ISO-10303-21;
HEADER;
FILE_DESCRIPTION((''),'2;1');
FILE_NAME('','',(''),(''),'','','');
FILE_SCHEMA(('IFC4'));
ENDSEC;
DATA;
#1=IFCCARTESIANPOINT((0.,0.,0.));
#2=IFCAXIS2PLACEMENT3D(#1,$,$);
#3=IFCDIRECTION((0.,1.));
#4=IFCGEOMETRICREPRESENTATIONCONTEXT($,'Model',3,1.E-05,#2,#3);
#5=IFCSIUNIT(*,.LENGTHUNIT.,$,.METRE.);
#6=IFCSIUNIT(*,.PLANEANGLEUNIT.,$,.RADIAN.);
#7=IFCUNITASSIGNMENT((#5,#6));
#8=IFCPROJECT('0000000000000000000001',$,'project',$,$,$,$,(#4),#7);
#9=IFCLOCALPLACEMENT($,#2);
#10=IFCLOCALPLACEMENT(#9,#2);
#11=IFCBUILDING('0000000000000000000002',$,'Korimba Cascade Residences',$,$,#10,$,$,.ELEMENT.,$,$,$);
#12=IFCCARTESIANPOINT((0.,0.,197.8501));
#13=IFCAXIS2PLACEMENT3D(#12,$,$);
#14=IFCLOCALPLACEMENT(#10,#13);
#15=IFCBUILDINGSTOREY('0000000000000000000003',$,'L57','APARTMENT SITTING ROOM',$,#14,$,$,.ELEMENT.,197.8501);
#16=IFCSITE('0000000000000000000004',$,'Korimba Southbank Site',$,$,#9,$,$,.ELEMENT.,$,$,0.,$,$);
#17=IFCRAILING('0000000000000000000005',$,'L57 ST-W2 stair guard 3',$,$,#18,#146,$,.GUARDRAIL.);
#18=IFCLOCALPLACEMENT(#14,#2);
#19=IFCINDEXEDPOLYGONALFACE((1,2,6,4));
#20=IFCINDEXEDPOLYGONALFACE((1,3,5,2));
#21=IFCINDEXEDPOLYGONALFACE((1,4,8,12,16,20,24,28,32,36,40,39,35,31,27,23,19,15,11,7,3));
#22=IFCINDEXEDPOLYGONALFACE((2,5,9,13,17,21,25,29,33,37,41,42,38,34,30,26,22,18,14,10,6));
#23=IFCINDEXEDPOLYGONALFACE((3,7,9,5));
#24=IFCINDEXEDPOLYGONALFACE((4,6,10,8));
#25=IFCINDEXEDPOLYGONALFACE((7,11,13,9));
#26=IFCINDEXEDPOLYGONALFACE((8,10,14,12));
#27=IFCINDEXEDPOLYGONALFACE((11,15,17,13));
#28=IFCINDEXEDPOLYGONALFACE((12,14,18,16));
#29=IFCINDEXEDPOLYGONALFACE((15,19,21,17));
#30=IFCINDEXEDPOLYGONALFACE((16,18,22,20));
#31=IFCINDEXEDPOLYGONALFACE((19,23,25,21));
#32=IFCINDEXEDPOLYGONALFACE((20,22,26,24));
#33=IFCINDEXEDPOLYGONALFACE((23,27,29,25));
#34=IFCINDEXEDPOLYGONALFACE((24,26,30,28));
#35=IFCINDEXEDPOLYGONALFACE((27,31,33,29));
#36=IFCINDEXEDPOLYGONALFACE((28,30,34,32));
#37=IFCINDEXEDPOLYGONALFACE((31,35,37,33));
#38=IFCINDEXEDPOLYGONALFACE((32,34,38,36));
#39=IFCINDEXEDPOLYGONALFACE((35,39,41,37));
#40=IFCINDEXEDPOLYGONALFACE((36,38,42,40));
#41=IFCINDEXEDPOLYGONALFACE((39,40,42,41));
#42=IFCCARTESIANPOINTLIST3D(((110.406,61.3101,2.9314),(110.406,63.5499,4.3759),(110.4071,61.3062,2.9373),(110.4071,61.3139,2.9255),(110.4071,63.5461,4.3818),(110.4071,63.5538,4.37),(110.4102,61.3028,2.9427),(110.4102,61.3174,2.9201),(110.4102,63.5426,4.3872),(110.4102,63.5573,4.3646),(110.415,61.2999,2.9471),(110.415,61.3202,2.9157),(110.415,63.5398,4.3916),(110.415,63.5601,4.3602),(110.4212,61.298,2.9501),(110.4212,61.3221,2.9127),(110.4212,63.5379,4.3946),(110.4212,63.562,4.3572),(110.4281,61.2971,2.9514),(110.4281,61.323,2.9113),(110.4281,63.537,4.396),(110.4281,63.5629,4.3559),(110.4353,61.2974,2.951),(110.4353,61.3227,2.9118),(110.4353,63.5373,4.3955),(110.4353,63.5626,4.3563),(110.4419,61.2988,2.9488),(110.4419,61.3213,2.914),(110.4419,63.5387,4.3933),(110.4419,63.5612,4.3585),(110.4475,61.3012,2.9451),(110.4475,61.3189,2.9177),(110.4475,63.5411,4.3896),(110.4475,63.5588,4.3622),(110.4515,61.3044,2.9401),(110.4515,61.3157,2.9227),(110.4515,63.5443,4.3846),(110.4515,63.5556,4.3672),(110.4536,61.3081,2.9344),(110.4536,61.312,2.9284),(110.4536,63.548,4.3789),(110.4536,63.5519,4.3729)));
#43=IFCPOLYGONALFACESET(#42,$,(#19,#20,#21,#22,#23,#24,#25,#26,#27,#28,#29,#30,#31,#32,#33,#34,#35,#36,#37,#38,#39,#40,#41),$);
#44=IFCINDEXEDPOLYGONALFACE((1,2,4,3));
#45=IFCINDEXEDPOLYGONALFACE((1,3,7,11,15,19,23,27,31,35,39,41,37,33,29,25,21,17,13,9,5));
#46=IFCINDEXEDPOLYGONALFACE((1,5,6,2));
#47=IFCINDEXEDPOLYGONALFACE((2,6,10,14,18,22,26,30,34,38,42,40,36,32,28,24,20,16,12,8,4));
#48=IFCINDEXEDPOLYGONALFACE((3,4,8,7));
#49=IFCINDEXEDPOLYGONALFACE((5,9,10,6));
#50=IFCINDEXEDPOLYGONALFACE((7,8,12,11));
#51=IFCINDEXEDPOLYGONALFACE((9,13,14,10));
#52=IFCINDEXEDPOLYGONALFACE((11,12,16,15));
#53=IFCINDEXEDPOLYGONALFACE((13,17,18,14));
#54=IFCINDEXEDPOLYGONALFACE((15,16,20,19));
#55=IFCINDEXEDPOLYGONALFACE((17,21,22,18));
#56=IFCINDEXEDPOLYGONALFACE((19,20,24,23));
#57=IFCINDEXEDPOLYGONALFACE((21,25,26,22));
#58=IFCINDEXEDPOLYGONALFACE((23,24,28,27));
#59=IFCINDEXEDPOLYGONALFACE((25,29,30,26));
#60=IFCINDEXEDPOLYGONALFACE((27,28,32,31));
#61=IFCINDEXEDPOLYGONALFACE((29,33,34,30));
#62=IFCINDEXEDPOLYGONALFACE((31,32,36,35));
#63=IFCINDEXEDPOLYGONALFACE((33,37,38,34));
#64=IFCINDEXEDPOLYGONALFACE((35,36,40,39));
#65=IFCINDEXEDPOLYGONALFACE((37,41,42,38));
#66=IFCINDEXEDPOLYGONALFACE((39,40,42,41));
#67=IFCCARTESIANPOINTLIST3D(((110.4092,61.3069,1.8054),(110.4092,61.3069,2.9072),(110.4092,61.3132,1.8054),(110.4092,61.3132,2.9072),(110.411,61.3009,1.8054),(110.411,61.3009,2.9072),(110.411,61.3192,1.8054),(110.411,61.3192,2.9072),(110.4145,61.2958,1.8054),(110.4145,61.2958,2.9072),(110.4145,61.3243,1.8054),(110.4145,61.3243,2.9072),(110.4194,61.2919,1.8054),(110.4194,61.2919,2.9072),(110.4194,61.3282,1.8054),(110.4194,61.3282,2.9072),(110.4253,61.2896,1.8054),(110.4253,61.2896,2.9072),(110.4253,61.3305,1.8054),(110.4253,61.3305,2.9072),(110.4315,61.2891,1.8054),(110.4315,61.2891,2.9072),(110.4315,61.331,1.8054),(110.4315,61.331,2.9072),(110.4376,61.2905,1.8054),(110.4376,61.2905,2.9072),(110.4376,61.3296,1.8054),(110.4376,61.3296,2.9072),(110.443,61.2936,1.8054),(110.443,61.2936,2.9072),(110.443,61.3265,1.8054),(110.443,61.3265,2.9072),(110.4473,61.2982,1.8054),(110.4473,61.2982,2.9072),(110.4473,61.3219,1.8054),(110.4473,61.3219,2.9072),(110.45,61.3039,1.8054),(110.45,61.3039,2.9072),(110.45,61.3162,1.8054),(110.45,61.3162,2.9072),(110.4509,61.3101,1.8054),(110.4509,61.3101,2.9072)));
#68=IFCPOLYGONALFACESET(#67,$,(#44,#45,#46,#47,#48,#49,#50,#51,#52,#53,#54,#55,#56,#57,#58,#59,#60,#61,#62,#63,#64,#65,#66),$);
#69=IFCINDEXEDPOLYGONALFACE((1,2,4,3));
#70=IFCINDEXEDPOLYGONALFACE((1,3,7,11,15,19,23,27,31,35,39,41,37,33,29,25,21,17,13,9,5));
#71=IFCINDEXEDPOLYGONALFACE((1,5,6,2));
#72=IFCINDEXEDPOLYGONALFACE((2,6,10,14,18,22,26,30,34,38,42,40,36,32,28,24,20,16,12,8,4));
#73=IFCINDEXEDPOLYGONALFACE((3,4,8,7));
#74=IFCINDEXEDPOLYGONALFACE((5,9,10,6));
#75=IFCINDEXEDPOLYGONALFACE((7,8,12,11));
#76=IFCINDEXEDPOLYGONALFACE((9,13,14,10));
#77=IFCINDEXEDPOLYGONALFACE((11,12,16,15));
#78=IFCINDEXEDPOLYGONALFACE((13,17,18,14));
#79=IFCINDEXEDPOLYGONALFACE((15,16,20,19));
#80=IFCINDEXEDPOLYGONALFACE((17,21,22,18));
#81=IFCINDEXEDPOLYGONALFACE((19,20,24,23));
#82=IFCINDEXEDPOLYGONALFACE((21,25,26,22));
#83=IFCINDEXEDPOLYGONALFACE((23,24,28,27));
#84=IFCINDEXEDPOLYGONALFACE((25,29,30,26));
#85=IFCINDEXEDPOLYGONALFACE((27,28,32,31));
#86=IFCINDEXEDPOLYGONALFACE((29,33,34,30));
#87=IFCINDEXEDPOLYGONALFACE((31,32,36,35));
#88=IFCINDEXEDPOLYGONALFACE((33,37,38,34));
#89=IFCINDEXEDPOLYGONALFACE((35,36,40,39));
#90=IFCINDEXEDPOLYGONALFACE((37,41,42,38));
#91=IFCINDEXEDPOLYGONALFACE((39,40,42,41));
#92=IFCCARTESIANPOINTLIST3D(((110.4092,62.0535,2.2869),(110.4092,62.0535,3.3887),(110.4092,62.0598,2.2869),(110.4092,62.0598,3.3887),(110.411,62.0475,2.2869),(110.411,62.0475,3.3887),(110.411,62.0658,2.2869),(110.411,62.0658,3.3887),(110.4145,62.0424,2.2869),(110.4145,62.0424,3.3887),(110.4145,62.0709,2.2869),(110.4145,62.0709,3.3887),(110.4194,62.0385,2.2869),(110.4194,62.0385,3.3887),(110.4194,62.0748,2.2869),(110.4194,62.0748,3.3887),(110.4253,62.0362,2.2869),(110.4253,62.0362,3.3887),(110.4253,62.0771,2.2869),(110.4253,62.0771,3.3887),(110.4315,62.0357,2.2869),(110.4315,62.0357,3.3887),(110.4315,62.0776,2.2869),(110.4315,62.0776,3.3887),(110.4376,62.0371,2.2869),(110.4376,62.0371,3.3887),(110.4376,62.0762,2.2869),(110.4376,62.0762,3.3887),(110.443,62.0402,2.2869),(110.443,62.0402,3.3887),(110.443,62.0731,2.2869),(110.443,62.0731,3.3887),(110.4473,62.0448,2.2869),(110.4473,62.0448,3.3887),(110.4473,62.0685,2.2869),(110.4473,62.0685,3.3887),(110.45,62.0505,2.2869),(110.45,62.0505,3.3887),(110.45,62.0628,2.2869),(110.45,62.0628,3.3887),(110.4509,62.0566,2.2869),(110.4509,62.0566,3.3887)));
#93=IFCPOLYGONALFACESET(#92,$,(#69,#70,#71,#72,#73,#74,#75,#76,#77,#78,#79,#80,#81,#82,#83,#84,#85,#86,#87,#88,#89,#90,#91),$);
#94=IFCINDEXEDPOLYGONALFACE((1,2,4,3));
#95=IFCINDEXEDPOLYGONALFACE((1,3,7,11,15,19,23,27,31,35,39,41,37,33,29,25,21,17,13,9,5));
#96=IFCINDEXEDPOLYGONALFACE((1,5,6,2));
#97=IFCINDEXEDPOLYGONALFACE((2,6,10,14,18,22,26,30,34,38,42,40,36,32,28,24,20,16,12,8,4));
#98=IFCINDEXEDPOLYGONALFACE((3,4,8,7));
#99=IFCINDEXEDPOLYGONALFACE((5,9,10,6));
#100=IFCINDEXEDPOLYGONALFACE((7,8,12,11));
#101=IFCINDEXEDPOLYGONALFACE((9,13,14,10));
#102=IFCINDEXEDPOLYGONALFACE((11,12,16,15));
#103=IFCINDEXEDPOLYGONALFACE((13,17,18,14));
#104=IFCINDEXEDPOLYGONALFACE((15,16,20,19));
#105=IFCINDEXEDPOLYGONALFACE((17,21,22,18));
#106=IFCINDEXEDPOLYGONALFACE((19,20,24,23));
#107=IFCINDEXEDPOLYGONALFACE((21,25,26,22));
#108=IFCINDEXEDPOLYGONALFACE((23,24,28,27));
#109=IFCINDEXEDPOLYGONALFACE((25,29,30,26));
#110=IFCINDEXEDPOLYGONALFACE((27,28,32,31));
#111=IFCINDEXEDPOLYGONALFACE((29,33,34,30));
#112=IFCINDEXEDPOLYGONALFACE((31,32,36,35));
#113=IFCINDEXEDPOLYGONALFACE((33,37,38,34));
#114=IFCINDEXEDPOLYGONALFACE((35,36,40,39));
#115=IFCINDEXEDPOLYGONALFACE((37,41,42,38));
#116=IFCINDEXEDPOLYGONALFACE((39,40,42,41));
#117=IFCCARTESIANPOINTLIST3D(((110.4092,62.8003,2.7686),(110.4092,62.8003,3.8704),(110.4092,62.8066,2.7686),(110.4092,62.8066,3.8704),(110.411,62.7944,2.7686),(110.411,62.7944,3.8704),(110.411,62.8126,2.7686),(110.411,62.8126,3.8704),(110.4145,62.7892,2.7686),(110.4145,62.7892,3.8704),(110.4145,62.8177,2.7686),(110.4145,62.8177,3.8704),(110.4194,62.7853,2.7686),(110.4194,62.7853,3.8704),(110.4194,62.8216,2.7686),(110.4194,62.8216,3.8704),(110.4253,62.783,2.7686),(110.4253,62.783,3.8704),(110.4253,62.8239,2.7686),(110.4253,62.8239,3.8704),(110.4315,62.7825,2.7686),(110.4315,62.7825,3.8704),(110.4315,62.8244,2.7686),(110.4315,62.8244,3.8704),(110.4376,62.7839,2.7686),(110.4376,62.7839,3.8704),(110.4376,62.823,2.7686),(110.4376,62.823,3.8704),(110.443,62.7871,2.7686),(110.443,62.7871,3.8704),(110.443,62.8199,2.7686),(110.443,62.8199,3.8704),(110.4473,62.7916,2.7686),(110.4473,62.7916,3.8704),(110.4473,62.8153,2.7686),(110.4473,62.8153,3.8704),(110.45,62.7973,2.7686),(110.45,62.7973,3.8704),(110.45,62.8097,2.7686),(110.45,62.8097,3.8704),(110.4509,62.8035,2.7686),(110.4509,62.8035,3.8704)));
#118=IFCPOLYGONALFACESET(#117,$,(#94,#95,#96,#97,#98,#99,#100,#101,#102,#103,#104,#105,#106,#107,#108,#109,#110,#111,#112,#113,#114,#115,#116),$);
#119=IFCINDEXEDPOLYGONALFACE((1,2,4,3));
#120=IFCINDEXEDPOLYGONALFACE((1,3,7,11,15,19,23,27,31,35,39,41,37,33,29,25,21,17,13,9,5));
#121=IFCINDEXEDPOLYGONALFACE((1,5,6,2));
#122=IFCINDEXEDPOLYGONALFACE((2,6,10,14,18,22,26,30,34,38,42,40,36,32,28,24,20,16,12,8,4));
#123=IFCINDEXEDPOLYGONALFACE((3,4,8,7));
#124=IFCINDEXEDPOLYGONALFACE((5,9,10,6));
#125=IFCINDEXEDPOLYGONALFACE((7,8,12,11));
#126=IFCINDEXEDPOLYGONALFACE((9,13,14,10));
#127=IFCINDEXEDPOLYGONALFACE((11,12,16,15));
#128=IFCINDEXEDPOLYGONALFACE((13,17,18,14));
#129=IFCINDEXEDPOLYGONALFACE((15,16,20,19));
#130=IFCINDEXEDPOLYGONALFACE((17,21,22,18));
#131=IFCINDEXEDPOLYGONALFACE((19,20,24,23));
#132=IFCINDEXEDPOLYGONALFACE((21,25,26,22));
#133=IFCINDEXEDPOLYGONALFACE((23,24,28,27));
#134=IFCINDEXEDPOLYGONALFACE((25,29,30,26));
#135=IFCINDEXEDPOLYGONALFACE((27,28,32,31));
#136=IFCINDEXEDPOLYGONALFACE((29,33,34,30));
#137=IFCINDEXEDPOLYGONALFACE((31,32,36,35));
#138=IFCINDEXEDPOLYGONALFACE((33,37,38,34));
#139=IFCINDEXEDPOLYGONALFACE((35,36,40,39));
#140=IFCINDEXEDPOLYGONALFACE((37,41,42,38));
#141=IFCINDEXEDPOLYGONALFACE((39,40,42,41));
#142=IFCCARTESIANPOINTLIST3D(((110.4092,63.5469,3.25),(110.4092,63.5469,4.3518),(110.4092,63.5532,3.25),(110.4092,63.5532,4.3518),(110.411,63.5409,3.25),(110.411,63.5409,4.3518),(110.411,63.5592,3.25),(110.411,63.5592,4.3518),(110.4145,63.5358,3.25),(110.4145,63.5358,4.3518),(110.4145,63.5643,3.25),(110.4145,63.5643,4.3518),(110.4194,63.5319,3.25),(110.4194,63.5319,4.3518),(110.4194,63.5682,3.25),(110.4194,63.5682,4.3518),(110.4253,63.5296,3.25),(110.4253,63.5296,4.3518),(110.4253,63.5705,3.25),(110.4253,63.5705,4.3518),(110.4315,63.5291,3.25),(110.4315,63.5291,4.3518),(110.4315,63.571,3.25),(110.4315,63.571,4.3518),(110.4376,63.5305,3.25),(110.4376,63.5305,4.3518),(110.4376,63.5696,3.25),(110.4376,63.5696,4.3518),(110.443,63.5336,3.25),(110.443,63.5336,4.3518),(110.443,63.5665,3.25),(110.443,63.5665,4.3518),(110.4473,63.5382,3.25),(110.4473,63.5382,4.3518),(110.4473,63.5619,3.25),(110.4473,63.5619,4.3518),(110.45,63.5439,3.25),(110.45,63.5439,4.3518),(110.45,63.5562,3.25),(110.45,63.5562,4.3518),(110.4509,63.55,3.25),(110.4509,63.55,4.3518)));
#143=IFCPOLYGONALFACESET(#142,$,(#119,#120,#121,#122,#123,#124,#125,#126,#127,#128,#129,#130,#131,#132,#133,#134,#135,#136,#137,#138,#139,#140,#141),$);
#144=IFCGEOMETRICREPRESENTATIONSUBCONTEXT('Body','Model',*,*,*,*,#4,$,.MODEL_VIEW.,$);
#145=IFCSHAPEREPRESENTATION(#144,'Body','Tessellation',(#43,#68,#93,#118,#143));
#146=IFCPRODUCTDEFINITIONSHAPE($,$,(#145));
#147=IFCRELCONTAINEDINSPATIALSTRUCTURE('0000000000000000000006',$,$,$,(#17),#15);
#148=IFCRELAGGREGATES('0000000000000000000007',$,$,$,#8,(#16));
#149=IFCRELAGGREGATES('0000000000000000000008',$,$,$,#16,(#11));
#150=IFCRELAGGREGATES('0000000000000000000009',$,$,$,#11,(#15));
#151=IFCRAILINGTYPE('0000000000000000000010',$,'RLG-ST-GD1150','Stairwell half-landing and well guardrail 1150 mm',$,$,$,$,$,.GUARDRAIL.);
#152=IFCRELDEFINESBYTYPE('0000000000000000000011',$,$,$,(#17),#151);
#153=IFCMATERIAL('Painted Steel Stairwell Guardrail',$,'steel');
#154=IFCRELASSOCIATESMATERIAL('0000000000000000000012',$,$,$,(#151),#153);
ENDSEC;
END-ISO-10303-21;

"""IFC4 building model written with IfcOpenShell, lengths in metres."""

from ifc_helpers import new_model, si_unit, direction, frame, origin, origin_2d, place, context, subcontext, project, spatial, circle, extrude, material, type_object, element, save


model = new_model("IFC4")

# Units and contexts
model_context = context("Model", 3, precision=1e-05, world=origin(), true_north=direction((0.0, 1.0)))
body_context = subcontext(model_context, "Body", "Model", "MODEL_VIEW")
ifc_project = project(units=[si_unit("LENGTHUNIT", "METRE"), si_unit("PLANEANGLEUNIT", "RADIAN")], contexts=[model_context])

# Site, building, storey
site_placement = place(None, origin())
site = spatial("IfcSite", under=ifc_project, at=site_placement, Name="Korimba Southbank Site", CompositionType="ELEMENT", RefElevation=0.0)
building_placement = place(site_placement, origin())
building = spatial("IfcBuilding", under=site, at=building_placement, Name="Korimba Cascade Residences", CompositionType="ELEMENT")
storey_placement = place(building_placement, frame((0.0, 0.0, 197.8501)))
storey = spatial("IfcBuildingStorey", under=building, at=storey_placement, Name="L57", Description="APARTMENT SITTING ROOM", CompositionType="ELEMENT", Elevation=197.8501)

# Railing
ifc_material_1 = material(Name="Painted Steel Stairwell Guardrail", Category="steel")
railing_type_1 = type_object("IfcRailingType", Name="RLG-ST-GD1150", Description="Stairwell half-landing and well guardrail 1150 mm", PredefinedType="GUARDRAIL", material=ifc_material_1)
railing_1_placement = place(storey_placement, frame((110.4299, 61.3101, 1.8054)))
element("IfcRailing", 1, at=railing_1_placement, inside=storey, type_object=railing_type_1, Name="L57 ST-W2 stair guard 3", PredefinedType="GUARDRAIL", context=body_context, shape_type="SweptSolid", body=[
    extrude(circle(Radius=0.0239, at=origin_2d()), frame((0.0, 0.0, 1.126), z_axis=(0.0, 0.840395, 0.541975), x_axis=(-1.0, 0.0, 0.0)), (0.0, 0.0, 1.0), 2.6653),
    extrude(circle(Radius=0.021, at=origin_2d()), origin(), (0.0, 0.0, 1.0), 1.1018),
    extrude(circle(Radius=0.021, at=origin_2d()), frame((0.0, 0.7466, 0.4814)), (0.0, 0.0, 1.0), 1.1018),
    extrude(circle(Radius=0.021, at=origin_2d()), frame((0.0, 1.4934, 0.9631)), (0.0, 0.0, 1.0), 1.1018),
    extrude(circle(Radius=0.021, at=origin_2d()), frame((0.0, 2.24, 1.4446)), (0.0, 0.0, 1.0), 1.1018),
])

save(model, "model.ifc")
